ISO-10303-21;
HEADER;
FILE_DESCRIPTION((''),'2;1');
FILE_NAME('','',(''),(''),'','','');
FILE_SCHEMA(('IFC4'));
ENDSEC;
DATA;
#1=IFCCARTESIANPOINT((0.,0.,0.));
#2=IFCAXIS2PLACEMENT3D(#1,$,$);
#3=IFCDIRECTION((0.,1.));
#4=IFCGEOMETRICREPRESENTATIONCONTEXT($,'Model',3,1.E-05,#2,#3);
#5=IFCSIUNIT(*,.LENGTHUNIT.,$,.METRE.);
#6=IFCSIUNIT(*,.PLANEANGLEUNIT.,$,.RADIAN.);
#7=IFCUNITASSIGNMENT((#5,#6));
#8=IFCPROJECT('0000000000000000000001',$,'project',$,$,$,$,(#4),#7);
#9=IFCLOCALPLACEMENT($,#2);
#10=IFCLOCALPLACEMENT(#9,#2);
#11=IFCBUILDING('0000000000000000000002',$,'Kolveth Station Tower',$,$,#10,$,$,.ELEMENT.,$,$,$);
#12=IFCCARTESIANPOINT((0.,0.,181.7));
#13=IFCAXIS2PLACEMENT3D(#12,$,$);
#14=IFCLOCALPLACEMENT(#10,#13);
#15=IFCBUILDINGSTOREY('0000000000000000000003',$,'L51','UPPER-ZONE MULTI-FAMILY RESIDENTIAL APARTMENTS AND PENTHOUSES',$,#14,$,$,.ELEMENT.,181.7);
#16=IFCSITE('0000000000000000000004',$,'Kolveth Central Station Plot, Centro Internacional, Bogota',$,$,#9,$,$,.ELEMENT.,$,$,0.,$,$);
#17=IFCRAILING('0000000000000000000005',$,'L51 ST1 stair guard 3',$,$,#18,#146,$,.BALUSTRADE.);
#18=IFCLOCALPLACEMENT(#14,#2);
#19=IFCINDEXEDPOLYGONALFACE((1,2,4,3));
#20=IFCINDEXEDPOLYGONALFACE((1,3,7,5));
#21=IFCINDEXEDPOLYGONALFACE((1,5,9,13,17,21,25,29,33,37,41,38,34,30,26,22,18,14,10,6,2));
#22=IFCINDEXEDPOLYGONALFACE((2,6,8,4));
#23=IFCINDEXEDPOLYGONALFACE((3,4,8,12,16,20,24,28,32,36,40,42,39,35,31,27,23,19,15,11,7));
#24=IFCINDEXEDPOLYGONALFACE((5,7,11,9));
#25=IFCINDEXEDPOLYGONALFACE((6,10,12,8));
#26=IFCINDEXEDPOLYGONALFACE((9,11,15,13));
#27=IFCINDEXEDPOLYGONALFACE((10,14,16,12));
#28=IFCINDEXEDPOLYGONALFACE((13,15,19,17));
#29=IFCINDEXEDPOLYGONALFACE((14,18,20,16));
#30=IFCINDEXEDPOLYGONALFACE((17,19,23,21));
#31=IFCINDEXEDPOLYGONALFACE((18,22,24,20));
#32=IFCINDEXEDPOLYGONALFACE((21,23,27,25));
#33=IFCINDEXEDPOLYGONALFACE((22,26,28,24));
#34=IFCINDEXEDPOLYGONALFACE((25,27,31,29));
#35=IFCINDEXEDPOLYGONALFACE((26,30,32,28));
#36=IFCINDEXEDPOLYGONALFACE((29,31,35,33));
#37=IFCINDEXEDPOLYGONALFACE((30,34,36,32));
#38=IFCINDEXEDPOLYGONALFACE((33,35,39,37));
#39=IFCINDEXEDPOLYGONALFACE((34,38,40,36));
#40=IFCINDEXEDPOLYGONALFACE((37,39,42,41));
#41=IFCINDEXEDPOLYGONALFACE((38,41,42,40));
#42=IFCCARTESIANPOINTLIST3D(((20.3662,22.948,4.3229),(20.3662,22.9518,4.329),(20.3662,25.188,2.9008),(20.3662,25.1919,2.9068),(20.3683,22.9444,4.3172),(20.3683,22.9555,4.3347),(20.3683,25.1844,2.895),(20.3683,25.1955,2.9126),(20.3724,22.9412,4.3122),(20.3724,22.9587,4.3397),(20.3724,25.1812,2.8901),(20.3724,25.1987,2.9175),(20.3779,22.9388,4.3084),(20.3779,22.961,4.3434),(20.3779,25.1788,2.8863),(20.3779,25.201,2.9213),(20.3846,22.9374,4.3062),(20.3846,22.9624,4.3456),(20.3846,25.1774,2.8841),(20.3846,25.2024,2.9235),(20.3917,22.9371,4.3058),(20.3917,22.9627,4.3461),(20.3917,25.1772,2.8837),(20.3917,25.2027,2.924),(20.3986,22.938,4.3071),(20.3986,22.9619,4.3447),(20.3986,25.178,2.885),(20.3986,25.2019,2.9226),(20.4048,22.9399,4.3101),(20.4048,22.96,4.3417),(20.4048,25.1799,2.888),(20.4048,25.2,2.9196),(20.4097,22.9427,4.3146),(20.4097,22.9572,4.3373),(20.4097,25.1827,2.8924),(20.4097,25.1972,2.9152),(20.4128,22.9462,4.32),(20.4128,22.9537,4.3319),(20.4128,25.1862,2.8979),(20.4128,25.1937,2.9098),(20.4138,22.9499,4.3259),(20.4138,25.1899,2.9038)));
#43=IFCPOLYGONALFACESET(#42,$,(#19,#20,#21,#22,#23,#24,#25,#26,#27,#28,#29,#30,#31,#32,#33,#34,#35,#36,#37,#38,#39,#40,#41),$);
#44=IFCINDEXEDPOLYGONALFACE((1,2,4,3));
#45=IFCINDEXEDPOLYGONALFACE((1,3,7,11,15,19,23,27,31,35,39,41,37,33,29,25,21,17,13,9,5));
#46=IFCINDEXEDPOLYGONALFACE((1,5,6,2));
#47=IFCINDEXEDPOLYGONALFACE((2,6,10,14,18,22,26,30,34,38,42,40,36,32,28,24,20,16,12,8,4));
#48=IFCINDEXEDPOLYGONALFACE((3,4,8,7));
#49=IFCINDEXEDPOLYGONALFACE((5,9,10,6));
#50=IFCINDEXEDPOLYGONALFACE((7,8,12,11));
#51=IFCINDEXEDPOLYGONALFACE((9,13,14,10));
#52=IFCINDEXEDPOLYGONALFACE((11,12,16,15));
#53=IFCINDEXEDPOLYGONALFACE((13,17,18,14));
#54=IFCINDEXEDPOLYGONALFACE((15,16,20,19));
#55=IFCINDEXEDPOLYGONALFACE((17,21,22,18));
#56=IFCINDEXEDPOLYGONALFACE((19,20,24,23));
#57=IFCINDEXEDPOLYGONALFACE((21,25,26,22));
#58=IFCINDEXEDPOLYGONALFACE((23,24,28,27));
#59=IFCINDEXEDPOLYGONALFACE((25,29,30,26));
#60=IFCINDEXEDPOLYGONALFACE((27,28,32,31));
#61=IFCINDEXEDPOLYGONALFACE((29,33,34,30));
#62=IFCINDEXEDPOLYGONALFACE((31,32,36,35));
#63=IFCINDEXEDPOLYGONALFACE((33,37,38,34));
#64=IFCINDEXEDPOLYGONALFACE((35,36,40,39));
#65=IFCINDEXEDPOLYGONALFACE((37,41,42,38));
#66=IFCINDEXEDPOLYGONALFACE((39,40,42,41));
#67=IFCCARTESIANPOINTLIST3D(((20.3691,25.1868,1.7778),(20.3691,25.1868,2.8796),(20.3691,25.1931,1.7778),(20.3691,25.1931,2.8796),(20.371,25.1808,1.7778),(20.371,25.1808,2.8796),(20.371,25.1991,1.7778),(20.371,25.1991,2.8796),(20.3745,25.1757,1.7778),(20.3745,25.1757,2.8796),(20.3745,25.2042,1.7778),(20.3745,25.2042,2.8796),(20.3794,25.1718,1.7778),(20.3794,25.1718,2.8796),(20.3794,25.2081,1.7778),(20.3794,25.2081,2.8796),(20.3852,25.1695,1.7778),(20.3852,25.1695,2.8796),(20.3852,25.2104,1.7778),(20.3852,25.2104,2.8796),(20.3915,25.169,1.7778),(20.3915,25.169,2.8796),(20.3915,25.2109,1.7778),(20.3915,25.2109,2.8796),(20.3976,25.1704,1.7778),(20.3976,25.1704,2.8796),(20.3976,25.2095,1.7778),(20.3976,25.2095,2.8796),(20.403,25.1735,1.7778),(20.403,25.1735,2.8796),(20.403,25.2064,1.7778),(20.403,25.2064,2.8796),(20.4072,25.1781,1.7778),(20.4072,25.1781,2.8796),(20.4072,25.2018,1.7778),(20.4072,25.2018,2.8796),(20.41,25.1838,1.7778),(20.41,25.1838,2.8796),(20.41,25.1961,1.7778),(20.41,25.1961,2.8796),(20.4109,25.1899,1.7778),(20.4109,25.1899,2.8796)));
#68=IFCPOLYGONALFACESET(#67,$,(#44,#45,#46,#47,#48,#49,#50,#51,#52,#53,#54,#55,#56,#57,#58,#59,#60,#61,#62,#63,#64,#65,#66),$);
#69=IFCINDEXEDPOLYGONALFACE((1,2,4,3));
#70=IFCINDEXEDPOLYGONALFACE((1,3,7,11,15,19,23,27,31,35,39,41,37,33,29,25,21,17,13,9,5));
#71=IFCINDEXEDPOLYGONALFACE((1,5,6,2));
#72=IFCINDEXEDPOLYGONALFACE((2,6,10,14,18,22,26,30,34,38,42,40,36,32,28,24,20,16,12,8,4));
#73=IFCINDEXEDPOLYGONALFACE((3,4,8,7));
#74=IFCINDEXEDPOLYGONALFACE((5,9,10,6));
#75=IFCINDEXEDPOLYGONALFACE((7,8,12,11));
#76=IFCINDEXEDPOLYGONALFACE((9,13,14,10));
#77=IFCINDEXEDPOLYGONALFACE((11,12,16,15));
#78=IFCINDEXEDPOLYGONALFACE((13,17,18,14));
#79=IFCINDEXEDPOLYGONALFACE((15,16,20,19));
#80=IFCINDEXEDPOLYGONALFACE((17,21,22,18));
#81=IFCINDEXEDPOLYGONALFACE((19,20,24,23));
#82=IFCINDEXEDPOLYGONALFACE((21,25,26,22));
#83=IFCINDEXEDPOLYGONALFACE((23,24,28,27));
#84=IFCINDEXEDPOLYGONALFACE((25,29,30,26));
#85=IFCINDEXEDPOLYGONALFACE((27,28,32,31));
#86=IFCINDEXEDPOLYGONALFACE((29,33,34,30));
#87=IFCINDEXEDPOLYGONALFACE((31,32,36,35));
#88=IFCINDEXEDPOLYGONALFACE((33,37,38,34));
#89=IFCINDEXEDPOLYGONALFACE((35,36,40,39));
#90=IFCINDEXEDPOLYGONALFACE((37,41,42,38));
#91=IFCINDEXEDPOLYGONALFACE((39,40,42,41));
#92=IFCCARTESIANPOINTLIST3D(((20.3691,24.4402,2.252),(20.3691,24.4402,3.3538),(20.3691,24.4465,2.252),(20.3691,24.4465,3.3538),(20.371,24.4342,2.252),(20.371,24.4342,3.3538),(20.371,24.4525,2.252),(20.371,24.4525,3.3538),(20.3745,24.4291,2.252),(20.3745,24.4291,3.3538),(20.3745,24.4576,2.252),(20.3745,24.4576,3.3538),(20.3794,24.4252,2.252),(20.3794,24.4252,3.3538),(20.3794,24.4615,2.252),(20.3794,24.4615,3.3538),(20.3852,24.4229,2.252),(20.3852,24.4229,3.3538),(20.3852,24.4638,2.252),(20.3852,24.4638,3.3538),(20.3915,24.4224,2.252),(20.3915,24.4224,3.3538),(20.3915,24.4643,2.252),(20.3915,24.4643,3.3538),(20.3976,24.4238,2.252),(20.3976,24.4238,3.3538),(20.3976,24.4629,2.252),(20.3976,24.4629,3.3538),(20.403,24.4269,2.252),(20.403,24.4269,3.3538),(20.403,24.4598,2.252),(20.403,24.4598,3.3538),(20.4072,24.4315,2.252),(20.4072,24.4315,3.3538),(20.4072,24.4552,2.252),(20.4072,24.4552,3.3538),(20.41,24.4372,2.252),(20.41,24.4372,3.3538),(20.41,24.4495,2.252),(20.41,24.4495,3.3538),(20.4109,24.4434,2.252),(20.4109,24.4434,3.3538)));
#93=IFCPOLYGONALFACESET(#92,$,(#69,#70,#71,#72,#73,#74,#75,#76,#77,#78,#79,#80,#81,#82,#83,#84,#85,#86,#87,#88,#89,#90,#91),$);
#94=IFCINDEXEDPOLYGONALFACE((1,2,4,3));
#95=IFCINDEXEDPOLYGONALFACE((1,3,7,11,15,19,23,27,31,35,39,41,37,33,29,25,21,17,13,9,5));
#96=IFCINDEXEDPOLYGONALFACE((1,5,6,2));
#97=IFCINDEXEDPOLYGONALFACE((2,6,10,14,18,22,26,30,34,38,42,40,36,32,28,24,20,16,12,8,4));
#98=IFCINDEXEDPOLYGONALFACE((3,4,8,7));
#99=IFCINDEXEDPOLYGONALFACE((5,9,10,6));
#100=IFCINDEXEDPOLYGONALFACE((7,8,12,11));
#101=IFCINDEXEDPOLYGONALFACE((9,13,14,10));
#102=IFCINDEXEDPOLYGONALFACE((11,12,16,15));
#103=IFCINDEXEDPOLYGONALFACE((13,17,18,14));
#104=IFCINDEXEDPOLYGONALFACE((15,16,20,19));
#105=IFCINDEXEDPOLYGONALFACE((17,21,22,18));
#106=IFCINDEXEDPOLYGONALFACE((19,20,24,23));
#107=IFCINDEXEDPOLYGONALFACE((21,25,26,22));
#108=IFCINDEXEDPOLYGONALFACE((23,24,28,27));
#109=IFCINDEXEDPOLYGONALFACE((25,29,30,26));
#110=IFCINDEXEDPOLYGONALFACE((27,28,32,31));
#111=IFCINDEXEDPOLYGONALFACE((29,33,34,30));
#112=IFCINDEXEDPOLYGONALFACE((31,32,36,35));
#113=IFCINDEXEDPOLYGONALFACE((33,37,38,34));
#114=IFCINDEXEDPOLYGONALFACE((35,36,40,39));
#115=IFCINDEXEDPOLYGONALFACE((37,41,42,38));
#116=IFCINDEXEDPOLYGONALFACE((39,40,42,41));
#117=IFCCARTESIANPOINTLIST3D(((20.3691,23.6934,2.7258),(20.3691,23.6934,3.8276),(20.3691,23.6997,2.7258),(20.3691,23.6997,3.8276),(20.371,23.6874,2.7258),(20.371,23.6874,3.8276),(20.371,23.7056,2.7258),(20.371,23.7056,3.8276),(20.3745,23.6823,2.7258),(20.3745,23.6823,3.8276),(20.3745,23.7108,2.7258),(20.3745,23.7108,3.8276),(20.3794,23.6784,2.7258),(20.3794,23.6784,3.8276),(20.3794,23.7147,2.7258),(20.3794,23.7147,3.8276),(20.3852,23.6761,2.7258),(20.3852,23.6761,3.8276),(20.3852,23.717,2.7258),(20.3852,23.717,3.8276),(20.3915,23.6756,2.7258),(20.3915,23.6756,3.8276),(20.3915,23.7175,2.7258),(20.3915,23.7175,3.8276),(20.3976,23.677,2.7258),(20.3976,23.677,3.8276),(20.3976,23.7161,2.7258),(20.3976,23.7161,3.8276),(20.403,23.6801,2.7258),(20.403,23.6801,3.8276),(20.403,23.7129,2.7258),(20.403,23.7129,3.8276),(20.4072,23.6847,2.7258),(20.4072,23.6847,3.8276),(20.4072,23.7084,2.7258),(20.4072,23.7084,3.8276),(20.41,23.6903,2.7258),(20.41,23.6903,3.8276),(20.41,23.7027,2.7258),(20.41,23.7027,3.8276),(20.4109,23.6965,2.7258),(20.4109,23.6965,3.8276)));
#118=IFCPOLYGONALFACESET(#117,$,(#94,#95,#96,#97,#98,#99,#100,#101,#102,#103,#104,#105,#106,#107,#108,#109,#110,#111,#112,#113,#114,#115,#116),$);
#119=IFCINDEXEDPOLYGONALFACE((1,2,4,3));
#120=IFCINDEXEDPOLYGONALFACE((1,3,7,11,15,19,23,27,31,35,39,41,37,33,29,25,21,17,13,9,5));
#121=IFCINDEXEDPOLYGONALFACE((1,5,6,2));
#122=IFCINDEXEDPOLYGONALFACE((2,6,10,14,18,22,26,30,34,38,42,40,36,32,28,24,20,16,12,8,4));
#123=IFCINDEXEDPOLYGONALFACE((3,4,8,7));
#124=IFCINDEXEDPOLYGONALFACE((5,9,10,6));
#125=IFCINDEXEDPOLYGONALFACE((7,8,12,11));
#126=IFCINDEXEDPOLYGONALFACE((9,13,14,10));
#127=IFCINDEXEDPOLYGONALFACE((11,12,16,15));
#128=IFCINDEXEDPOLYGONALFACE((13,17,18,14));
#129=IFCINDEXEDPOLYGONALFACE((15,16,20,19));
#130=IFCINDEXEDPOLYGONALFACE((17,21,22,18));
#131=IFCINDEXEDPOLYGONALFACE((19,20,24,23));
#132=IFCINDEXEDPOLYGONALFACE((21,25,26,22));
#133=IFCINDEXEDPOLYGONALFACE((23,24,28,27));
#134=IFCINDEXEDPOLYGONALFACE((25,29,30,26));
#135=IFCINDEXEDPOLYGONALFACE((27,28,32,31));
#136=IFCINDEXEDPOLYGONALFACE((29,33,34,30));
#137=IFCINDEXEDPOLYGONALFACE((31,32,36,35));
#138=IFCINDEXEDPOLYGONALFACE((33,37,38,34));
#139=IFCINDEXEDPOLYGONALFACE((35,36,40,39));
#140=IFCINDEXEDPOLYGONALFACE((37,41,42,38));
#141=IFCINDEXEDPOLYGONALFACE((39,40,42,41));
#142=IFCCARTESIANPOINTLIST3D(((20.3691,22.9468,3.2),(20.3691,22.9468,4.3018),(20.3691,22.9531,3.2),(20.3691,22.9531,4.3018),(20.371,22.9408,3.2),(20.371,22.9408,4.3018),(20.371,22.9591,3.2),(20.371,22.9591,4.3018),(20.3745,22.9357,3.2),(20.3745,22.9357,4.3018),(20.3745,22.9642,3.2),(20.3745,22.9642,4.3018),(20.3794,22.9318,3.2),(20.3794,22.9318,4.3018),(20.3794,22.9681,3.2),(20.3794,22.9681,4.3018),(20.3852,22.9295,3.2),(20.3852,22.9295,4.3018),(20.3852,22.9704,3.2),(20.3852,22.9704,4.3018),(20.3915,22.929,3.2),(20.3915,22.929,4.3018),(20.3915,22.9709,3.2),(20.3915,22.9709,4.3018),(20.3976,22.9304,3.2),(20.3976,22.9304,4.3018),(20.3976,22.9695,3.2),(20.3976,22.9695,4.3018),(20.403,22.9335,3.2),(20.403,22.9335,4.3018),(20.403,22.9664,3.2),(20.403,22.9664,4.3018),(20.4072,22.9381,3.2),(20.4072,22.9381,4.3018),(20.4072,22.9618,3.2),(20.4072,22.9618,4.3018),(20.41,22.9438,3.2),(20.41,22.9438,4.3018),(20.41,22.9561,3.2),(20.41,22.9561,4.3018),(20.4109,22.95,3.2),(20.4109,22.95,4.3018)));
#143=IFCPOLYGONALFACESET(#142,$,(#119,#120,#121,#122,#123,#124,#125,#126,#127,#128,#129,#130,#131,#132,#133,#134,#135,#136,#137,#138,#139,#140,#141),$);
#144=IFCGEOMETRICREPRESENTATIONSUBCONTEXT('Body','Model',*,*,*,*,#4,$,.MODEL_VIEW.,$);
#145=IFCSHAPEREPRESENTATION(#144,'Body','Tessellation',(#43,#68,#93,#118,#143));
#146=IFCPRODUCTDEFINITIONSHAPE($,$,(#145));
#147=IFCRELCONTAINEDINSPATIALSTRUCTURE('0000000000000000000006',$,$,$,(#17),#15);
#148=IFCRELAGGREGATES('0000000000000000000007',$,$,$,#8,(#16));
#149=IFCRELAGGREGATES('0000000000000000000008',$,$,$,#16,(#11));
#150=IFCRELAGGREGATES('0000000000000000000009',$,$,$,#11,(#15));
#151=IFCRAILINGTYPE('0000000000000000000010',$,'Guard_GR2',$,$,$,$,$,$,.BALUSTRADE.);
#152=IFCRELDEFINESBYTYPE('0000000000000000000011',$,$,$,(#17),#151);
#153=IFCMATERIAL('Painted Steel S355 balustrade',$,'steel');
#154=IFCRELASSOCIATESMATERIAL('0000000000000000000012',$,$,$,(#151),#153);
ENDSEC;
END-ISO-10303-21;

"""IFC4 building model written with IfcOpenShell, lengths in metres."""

from ifc_helpers import new_model, si_unit, direction, frame, origin, origin_2d, place, context, subcontext, project, spatial, circle, extrude, material, type_object, element, save


model = new_model("IFC4")

# Units and contexts
model_context = context("Model", 3, precision=1e-05, world=origin(), true_north=direction((0.0, 1.0)))
body_context = subcontext(model_context, "Body", "Model", "MODEL_VIEW")
ifc_project = project(units=[si_unit("LENGTHUNIT", "METRE"), si_unit("PLANEANGLEUNIT", "RADIAN")], contexts=[model_context])

# Site, building, storey
site_placement = place(None, origin())
site = spatial("IfcSite", under=ifc_project, at=site_placement, Name="Kolveth Central Station Plot, Centro Internacional, Bogota", CompositionType="ELEMENT", RefElevation=0.0)
building_placement = place(site_placement, origin())
building = spatial("IfcBuilding", under=site, at=building_placement, Name="Kolveth Station Tower", CompositionType="ELEMENT")
storey_placement = place(building_placement, frame((0.0, 0.0, 181.7)))
storey = spatial("IfcBuildingStorey", under=building, at=storey_placement, Name="L51", Description="UPPER-ZONE MULTI-FAMILY RESIDENTIAL APARTMENTS AND PENTHOUSES", CompositionType="ELEMENT", Elevation=181.7)

# Railing
ifc_material_1 = material(Name="Painted Steel S355 balustrade", Category="steel")
railing_type_1 = type_object("IfcRailingType", Name="Guard_GR2", PredefinedType="BALUSTRADE", material=ifc_material_1)
railing_1_placement = place(storey_placement, frame((20.3899, 25.1899, 1.7778)))
element("IfcRailing", 1, at=railing_1_placement, inside=storey, type_object=railing_type_1, Name="L51 ST1 stair guard 3", PredefinedType="BALUSTRADE", context=body_context, shape_type="SweptSolid", body=[
    extrude(circle(Radius=0.0239, at=origin_2d()), frame((0.0, 0.0, 1.126), z_axis=(0.0, -0.844229, 0.535982), x_axis=(1.0, 0.0, 0.0)), (0.0, 0.0, 1.0), 2.6533),
    extrude(circle(Radius=0.021, at=origin_2d()), origin(), (0.0, 0.0, 1.0), 1.1018),
    extrude(circle(Radius=0.021, at=origin_2d()), frame((0.0, -0.7466, 0.4741)), (0.0, 0.0, 1.0), 1.1018),
    extrude(circle(Radius=0.021, at=origin_2d()), frame((0.0, -1.4934, 0.948)), (0.0, 0.0, 1.0), 1.1018),
    extrude(circle(Radius=0.021, at=origin_2d()), frame((0.0, -2.24, 1.4221)), (0.0, 0.0, 1.0), 1.1018),
])

save(model, "model.ifc")
